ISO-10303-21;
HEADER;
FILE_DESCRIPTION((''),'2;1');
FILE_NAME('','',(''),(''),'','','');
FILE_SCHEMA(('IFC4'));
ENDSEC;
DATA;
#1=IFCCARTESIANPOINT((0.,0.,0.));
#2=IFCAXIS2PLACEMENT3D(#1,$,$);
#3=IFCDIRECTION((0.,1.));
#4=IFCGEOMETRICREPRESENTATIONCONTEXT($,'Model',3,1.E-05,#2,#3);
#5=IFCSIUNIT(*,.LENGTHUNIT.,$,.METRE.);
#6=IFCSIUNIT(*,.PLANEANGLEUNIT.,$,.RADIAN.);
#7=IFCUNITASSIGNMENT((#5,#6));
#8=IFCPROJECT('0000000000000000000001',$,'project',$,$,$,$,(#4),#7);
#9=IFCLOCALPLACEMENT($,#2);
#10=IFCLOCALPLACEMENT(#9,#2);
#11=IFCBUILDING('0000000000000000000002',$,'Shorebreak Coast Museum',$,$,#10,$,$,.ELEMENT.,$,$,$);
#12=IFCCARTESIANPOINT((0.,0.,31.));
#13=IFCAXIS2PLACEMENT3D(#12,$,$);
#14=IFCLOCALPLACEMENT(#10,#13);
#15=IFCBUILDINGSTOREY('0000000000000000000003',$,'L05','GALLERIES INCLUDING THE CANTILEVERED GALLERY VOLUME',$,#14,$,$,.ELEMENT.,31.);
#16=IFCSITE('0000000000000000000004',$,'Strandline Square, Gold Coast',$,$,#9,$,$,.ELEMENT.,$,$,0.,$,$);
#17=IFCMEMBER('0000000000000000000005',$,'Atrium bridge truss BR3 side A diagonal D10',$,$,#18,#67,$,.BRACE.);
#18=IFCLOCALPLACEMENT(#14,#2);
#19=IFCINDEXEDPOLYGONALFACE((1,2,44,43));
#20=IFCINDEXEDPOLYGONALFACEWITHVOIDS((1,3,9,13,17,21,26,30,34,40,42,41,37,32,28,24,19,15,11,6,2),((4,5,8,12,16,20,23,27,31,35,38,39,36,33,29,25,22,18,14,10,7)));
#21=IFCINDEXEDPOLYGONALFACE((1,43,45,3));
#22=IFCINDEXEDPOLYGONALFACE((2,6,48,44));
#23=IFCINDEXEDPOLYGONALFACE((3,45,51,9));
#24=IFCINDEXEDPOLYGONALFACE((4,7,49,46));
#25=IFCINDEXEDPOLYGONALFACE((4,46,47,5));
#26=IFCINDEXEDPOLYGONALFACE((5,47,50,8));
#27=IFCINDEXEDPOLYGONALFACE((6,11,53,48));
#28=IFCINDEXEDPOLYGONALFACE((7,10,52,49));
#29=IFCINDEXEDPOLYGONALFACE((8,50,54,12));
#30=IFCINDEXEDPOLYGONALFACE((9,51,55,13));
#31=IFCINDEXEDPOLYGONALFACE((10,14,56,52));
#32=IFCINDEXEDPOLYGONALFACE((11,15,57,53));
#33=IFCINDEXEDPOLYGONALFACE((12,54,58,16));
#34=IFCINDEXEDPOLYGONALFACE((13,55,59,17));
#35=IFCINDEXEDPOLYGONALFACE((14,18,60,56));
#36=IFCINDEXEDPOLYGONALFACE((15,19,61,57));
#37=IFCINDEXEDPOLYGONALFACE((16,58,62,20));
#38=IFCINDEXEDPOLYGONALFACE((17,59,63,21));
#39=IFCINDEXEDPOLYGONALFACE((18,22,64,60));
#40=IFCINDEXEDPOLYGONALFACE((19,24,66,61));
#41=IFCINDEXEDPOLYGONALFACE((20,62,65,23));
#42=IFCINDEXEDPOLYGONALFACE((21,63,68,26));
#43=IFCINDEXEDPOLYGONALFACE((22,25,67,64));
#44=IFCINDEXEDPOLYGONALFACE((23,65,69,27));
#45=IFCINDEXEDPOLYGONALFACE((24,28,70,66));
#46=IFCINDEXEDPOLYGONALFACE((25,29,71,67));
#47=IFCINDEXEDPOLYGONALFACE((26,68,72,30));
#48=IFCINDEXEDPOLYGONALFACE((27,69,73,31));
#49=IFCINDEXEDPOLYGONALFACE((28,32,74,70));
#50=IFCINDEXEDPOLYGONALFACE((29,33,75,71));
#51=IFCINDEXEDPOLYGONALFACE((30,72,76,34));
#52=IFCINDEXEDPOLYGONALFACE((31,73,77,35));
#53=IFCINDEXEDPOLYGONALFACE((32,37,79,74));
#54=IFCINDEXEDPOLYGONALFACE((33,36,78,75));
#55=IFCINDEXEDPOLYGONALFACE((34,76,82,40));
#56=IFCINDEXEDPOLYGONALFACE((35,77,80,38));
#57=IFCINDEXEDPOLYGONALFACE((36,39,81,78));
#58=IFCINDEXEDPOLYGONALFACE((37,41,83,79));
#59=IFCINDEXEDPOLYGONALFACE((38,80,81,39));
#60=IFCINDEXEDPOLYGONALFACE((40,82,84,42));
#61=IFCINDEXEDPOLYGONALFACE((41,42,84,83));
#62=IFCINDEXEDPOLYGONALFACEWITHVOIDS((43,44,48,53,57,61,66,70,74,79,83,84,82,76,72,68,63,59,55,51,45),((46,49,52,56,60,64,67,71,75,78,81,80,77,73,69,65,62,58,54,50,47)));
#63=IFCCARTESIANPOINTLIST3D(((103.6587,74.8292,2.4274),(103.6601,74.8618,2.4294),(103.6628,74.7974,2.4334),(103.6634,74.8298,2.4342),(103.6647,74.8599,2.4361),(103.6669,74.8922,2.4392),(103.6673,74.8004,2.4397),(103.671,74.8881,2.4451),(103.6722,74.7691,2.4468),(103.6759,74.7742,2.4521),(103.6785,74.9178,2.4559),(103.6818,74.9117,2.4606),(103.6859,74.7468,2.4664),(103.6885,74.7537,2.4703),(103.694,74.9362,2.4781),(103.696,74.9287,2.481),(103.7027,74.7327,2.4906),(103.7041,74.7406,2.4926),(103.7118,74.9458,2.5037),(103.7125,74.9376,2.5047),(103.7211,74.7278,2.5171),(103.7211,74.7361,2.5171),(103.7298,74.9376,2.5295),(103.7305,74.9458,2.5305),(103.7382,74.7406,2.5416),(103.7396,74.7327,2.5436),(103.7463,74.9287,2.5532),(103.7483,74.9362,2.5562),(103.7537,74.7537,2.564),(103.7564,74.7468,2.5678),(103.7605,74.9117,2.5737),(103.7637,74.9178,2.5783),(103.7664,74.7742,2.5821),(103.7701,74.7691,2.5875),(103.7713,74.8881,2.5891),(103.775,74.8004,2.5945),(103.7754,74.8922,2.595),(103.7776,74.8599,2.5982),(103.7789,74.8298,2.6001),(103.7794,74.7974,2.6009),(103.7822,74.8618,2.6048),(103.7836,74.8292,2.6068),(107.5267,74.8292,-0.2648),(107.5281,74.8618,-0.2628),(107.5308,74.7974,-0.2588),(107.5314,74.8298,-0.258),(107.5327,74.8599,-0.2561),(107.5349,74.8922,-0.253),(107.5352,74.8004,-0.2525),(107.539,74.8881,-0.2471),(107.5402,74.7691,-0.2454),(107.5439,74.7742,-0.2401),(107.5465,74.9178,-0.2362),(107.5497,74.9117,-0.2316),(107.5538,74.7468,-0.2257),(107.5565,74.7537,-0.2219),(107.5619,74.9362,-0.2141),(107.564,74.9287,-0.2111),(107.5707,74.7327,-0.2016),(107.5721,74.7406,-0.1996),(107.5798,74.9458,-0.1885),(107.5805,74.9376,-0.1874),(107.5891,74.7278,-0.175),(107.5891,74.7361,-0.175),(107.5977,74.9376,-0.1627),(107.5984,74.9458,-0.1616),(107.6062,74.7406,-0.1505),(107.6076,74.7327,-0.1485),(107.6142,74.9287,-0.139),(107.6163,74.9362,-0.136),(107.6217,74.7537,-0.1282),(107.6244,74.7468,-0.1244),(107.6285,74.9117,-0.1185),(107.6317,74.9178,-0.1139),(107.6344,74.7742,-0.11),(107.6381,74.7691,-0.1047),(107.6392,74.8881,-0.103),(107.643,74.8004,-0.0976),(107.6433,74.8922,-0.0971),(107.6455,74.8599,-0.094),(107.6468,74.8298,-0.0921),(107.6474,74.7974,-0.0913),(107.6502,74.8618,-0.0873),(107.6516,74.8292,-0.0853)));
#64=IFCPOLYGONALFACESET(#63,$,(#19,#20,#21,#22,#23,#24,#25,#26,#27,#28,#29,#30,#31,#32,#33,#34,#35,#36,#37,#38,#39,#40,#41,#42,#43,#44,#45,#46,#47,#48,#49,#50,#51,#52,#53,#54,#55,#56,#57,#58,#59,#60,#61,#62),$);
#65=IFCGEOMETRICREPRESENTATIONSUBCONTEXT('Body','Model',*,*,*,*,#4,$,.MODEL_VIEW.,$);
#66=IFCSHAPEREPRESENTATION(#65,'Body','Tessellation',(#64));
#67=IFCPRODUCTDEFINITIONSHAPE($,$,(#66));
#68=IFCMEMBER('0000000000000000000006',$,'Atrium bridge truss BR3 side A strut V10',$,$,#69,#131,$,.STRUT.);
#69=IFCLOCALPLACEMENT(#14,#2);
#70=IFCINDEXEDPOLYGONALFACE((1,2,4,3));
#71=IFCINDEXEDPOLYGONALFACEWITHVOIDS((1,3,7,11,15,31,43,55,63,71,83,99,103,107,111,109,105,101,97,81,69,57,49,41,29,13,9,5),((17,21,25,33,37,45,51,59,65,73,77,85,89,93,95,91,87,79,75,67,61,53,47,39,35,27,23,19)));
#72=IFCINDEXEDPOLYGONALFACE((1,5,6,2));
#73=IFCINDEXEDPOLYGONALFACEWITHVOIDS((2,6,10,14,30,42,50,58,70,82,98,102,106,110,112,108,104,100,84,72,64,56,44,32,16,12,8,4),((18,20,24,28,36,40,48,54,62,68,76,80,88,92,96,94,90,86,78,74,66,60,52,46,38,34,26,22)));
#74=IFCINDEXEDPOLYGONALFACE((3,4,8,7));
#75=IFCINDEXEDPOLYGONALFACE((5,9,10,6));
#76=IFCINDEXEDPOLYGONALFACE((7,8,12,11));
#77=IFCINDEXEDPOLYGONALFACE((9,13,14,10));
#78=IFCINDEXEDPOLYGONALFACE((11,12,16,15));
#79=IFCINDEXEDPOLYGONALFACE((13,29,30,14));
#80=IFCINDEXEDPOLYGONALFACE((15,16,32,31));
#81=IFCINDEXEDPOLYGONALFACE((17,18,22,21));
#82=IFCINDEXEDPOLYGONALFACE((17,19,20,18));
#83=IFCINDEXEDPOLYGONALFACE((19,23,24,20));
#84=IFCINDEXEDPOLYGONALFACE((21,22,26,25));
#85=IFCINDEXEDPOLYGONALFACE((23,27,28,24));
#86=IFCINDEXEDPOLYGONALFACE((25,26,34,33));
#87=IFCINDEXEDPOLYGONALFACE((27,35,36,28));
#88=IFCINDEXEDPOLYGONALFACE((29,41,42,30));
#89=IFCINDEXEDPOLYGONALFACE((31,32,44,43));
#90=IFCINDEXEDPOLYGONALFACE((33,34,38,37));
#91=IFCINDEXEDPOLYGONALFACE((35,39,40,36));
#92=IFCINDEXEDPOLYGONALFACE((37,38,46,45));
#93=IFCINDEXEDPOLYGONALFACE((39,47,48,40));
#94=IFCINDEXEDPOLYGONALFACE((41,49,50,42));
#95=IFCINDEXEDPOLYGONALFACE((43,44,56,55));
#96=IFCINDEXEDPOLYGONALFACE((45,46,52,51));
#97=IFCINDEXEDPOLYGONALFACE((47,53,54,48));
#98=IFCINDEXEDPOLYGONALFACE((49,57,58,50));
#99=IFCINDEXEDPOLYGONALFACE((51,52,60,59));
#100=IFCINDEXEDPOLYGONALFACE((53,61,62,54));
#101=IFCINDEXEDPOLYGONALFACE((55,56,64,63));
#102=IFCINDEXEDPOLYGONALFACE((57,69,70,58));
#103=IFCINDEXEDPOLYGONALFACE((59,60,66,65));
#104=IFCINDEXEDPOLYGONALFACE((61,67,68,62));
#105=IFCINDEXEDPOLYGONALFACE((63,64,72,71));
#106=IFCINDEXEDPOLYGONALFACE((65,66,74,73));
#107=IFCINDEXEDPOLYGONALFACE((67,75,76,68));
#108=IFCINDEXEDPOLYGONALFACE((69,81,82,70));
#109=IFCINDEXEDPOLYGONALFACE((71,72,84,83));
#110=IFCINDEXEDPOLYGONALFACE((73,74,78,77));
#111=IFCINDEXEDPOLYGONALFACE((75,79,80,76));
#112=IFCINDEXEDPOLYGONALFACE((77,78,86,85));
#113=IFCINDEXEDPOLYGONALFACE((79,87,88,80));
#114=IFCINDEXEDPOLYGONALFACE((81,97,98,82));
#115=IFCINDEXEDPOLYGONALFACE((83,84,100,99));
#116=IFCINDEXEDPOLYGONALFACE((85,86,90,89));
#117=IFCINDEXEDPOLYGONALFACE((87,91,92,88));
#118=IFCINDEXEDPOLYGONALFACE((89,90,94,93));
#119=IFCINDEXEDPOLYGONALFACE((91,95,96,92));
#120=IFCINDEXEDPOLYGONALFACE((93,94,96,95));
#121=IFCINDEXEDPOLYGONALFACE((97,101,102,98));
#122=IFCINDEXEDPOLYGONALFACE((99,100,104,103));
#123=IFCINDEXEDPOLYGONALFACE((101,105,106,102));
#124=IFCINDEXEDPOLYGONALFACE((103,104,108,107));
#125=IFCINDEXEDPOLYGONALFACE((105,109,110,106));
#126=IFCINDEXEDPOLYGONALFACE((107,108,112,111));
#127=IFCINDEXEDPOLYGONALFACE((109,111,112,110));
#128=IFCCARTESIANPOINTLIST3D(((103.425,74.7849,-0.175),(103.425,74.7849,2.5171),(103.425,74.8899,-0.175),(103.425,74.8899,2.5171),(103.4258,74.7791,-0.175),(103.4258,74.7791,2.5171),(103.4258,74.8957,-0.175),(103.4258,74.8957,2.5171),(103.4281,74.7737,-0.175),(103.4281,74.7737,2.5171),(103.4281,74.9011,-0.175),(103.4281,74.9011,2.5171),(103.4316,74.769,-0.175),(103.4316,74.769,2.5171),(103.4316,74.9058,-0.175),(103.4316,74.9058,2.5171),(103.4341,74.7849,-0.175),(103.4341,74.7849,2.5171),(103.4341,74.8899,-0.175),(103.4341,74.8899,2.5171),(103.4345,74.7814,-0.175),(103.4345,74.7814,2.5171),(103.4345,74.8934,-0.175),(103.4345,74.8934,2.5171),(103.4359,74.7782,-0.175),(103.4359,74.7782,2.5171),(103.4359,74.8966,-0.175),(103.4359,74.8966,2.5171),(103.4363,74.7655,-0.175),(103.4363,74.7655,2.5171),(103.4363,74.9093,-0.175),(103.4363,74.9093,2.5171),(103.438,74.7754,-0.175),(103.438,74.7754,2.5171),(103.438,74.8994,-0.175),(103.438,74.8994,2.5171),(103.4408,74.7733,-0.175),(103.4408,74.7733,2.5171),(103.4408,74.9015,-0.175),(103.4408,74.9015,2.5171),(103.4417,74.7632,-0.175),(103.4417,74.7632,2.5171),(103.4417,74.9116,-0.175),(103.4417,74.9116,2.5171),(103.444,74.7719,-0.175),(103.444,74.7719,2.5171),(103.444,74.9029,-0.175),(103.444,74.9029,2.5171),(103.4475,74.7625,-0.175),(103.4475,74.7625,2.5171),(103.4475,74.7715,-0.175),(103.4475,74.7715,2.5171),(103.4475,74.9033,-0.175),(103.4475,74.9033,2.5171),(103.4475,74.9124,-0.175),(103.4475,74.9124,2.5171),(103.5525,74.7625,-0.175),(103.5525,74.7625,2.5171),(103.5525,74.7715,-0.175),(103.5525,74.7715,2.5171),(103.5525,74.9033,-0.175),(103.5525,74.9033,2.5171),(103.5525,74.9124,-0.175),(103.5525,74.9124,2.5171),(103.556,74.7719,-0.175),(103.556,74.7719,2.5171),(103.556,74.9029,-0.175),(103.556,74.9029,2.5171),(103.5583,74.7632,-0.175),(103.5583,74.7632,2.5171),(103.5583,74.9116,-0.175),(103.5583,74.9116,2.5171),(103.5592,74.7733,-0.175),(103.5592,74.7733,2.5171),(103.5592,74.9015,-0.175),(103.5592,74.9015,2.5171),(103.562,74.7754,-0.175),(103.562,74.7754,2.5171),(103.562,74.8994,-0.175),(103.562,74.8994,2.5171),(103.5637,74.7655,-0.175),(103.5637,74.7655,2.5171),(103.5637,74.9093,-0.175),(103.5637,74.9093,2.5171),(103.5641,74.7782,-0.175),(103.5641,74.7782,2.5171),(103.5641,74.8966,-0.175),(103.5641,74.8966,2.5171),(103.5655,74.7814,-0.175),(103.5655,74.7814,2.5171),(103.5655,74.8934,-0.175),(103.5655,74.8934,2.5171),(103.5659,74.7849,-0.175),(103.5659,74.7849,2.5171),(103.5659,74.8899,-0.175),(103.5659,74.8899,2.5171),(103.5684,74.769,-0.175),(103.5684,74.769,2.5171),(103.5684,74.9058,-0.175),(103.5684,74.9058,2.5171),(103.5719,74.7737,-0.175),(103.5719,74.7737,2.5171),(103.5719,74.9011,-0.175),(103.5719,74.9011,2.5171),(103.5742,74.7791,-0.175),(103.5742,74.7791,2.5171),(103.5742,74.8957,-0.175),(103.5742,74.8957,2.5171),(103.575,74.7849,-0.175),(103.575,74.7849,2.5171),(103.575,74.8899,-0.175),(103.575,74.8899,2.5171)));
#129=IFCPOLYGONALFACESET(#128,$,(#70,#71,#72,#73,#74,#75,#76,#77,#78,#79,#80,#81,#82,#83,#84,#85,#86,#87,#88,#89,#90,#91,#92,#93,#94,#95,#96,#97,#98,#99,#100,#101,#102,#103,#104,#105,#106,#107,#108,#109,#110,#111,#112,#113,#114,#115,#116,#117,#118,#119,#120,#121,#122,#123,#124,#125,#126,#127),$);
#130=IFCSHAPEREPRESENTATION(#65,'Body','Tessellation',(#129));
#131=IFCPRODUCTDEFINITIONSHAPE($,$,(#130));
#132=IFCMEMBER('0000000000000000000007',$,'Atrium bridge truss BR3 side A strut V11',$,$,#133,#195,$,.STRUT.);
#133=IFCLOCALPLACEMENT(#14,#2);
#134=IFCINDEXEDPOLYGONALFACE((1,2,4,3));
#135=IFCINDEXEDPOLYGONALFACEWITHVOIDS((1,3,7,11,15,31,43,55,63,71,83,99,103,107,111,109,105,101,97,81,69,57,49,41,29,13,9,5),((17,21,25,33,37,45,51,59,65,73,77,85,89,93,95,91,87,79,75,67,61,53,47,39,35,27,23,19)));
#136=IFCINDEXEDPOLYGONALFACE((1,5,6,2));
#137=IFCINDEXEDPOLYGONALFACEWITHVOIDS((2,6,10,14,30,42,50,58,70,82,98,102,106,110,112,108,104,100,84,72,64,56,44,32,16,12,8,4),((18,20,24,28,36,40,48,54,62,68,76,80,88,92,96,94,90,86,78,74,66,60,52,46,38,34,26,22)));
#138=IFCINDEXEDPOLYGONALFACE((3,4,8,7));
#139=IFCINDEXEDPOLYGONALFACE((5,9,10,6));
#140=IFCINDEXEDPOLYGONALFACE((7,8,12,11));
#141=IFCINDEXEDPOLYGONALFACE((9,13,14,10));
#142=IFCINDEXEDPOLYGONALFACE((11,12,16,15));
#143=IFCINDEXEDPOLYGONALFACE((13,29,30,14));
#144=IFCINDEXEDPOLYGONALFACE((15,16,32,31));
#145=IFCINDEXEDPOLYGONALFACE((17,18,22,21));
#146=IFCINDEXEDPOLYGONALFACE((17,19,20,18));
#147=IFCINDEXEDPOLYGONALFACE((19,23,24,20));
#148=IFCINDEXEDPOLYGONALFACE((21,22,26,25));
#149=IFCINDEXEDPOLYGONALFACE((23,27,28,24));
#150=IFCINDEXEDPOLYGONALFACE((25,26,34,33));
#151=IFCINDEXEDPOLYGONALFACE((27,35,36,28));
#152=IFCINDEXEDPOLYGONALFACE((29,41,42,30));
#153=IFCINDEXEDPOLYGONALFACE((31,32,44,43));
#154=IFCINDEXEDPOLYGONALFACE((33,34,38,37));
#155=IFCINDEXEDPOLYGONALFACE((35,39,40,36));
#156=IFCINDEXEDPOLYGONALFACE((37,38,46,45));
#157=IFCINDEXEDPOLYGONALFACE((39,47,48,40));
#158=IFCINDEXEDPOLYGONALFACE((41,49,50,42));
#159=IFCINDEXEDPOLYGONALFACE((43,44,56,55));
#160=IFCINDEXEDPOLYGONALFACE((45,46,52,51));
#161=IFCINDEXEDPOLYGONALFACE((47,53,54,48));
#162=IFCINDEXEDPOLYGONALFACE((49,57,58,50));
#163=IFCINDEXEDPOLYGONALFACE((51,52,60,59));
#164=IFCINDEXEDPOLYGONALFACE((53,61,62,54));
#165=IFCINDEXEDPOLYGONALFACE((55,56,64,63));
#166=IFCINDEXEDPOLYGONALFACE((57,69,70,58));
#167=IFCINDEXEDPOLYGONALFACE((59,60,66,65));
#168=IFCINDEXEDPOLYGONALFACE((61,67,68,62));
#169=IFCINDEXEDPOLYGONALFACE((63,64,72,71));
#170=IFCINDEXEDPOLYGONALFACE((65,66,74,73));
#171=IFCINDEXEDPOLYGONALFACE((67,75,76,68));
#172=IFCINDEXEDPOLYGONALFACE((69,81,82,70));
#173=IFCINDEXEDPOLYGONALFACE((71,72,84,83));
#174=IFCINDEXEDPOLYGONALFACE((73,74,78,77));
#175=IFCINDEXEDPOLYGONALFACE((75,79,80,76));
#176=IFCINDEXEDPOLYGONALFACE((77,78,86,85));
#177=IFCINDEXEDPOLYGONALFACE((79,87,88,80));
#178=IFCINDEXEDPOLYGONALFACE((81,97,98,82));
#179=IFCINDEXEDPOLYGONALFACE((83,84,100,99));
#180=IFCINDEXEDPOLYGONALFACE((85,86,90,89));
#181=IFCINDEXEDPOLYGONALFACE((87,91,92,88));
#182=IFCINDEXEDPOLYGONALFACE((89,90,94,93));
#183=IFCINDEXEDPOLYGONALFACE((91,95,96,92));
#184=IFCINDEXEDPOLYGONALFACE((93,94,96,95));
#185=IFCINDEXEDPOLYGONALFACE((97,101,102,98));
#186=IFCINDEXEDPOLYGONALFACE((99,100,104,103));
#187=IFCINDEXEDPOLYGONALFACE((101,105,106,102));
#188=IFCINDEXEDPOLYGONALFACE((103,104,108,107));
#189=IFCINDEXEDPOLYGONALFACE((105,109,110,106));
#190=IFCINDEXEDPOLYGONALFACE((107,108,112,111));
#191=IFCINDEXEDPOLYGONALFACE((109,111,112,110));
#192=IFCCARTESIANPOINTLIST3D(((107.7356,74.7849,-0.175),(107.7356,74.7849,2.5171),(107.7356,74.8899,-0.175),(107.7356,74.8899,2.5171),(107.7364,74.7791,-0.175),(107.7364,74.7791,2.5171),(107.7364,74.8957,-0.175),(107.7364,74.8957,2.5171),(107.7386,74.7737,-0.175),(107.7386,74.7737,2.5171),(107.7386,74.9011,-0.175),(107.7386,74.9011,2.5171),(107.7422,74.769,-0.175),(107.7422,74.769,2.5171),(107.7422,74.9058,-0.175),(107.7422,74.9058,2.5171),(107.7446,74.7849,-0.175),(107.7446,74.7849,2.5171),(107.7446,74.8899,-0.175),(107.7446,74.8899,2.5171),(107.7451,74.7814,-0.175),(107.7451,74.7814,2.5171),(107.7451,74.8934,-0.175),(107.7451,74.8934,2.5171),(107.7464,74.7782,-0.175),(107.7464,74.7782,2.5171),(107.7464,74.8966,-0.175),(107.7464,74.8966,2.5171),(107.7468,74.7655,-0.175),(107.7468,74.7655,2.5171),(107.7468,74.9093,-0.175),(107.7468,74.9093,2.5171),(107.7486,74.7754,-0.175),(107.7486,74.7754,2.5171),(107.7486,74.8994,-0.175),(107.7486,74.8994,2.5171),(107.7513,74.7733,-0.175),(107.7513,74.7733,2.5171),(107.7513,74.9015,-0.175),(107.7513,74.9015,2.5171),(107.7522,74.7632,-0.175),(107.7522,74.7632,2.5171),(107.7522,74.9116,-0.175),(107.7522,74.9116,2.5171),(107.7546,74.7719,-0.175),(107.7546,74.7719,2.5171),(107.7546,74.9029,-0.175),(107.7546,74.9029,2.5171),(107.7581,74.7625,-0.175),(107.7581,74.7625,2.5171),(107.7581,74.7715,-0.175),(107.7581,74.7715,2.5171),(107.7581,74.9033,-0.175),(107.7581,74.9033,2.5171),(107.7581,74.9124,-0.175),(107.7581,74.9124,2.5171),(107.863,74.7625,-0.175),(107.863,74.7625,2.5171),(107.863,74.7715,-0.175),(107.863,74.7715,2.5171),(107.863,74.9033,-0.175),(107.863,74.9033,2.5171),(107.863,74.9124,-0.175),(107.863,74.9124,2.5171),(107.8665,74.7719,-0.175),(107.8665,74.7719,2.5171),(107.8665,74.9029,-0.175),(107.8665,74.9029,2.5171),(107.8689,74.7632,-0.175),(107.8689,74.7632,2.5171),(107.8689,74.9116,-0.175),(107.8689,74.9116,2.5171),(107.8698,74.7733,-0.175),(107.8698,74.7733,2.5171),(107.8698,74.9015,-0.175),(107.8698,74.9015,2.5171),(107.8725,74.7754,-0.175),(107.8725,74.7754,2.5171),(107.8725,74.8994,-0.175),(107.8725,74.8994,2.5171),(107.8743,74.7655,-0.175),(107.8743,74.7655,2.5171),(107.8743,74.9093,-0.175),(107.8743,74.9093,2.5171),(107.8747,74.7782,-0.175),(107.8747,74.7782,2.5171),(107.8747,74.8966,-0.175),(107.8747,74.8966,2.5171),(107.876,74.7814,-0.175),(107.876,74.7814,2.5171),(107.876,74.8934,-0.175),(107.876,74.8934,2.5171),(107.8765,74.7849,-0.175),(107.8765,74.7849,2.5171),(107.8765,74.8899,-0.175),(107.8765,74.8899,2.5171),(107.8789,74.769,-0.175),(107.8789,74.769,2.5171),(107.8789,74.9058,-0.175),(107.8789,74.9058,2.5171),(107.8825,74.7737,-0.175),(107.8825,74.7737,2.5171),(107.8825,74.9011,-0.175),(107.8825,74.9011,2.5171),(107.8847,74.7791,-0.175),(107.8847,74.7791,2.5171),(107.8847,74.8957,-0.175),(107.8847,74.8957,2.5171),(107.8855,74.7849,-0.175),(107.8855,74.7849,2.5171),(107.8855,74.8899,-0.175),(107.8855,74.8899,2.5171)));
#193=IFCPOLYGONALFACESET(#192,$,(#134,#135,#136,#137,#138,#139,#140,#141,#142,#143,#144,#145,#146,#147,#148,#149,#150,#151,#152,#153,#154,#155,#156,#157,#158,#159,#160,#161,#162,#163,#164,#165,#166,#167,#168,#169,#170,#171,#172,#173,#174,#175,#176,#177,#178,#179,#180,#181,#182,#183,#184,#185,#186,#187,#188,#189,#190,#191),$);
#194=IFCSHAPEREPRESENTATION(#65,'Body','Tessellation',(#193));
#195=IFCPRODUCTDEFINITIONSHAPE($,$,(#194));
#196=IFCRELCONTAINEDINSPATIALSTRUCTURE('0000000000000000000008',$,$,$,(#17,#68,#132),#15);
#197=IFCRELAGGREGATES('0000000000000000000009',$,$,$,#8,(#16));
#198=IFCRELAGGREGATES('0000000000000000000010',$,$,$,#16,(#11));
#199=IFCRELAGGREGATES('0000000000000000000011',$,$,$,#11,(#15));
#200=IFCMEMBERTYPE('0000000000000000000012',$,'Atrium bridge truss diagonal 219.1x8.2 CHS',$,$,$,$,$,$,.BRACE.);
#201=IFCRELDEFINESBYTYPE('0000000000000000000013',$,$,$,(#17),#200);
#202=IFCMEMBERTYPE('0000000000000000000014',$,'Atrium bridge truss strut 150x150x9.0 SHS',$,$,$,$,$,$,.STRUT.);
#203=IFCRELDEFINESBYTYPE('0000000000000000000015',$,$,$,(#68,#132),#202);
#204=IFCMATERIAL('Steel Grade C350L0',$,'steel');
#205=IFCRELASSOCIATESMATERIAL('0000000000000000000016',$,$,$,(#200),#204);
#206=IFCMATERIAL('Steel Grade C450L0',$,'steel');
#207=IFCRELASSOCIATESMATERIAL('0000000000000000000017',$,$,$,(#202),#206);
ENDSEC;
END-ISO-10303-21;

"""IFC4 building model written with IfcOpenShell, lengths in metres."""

from ifc_helpers import new_model, si_unit, direction, frame, origin, origin_2d, place, context, subcontext, project, spatial, hollow_rectangle, hollow_circle, extrude, material, material_profile, profile_set, type_object, element, save


model = new_model("IFC4")

# Units and contexts
model_context = context("Model", 3, precision=1e-05, world=origin(), true_north=direction((0.0, 1.0)))
body_context = subcontext(model_context, "Body", "Model", "MODEL_VIEW")
ifc_project = project(units=[si_unit("LENGTHUNIT", "METRE"), si_unit("PLANEANGLEUNIT", "RADIAN")], contexts=[model_context])

# Site, building, storey
site_placement = place(None, origin())
site = spatial("IfcSite", under=ifc_project, at=site_placement, Name="Strandline Square, Gold Coast", CompositionType="ELEMENT", RefElevation=0.0)
building_placement = place(site_placement, origin())
building = spatial("IfcBuilding", under=site, at=building_placement, Name="Shorebreak Coast Museum", CompositionType="ELEMENT")
storey_placement = place(building_placement, frame((0.0, 0.0, 31.0)))
storey = spatial("IfcBuildingStorey", under=building, at=storey_placement, Name="L05", Description="GALLERIES INCLUDING THE CANTILEVERED GALLERY VOLUME", CompositionType="ELEMENT", Elevation=31.0)

# Members
ifc_material_1 = material(Name="Steel Grade C350L0", Category="steel")
ifc_material_profile_1 = material_profile(ifc_material_1, hollow_circle(Radius=0.1096, WallThickness=0.0083, at=origin_2d()), Name="219.1x8.2 CHS")
ifc_profile_set_1 = profile_set([ifc_material_profile_1], Name="Steel Grade C350L0")
member_type_1 = type_object("IfcMemberType", Name="Atrium bridge truss diagonal 219.1x8.2 CHS", PredefinedType="BRACE", material=ifc_profile_set_1)
member_1_placement = place(storey_placement, frame((107.5891, 74.8374, -0.175), z_axis=(-0.820765, 0.0, 0.571266), x_axis=(0.0, -1.0, 0.0)))
element("IfcMember", 1, at=member_1_placement, inside=storey, type_object=member_type_1, Name="Atrium bridge truss BR3 side A diagonal D10", PredefinedType="BRACE", context=body_context, shape_type="SweptSolid", body=[
    extrude(hollow_circle(Radius=0.1096, WallThickness=0.0083, at=origin_2d()), origin(), (0.0, 0.0, 1.0), 4.7126),
])
ifc_material_2 = material(Name="Steel Grade C450L0", Category="steel")
ifc_material_profile_2 = material_profile(ifc_material_2, hollow_rectangle(XDim=0.1499, YDim=0.1499, WallThickness=0.009, InnerFilletRadius=0.0134, OuterFilletRadius=0.0225, at=origin_2d()), Name="150x150x9.0 SHS")
ifc_profile_set_2 = profile_set([ifc_material_profile_2], Name="Steel Grade C450L0")
member_type_2 = type_object("IfcMemberType", Name="Atrium bridge truss strut 150x150x9.0 SHS", PredefinedType="STRUT", material=ifc_profile_set_2)
for number, where, z_axis, x_axis, name in (
    (2, (103.5, 74.8374, -0.175), (0.0, 0.0, 1.0), (1.0, 0.0, 0.0), "Atrium bridge truss BR3 side A strut V10"),
    (3, (107.8105, 74.8374, -0.175), (0.0, 0.0, 1.0), (1.0, 0.0, 0.0), "Atrium bridge truss BR3 side A strut V11"),
):
    element("IfcMember", number, at=place(storey_placement, frame(where, z_axis=z_axis, x_axis=x_axis)), inside=storey, type_object=member_type_2, Name=name, PredefinedType="STRUT", context=body_context, shape_type="SweptSolid", body=[
        extrude(hollow_rectangle(XDim=0.1499, YDim=0.1499, WallThickness=0.009, InnerFilletRadius=0.0134, OuterFilletRadius=0.0225, at=origin_2d()), origin(), (0.0, 0.0, 1.0), 2.6921),
    ])

save(model, "model.ifc")
